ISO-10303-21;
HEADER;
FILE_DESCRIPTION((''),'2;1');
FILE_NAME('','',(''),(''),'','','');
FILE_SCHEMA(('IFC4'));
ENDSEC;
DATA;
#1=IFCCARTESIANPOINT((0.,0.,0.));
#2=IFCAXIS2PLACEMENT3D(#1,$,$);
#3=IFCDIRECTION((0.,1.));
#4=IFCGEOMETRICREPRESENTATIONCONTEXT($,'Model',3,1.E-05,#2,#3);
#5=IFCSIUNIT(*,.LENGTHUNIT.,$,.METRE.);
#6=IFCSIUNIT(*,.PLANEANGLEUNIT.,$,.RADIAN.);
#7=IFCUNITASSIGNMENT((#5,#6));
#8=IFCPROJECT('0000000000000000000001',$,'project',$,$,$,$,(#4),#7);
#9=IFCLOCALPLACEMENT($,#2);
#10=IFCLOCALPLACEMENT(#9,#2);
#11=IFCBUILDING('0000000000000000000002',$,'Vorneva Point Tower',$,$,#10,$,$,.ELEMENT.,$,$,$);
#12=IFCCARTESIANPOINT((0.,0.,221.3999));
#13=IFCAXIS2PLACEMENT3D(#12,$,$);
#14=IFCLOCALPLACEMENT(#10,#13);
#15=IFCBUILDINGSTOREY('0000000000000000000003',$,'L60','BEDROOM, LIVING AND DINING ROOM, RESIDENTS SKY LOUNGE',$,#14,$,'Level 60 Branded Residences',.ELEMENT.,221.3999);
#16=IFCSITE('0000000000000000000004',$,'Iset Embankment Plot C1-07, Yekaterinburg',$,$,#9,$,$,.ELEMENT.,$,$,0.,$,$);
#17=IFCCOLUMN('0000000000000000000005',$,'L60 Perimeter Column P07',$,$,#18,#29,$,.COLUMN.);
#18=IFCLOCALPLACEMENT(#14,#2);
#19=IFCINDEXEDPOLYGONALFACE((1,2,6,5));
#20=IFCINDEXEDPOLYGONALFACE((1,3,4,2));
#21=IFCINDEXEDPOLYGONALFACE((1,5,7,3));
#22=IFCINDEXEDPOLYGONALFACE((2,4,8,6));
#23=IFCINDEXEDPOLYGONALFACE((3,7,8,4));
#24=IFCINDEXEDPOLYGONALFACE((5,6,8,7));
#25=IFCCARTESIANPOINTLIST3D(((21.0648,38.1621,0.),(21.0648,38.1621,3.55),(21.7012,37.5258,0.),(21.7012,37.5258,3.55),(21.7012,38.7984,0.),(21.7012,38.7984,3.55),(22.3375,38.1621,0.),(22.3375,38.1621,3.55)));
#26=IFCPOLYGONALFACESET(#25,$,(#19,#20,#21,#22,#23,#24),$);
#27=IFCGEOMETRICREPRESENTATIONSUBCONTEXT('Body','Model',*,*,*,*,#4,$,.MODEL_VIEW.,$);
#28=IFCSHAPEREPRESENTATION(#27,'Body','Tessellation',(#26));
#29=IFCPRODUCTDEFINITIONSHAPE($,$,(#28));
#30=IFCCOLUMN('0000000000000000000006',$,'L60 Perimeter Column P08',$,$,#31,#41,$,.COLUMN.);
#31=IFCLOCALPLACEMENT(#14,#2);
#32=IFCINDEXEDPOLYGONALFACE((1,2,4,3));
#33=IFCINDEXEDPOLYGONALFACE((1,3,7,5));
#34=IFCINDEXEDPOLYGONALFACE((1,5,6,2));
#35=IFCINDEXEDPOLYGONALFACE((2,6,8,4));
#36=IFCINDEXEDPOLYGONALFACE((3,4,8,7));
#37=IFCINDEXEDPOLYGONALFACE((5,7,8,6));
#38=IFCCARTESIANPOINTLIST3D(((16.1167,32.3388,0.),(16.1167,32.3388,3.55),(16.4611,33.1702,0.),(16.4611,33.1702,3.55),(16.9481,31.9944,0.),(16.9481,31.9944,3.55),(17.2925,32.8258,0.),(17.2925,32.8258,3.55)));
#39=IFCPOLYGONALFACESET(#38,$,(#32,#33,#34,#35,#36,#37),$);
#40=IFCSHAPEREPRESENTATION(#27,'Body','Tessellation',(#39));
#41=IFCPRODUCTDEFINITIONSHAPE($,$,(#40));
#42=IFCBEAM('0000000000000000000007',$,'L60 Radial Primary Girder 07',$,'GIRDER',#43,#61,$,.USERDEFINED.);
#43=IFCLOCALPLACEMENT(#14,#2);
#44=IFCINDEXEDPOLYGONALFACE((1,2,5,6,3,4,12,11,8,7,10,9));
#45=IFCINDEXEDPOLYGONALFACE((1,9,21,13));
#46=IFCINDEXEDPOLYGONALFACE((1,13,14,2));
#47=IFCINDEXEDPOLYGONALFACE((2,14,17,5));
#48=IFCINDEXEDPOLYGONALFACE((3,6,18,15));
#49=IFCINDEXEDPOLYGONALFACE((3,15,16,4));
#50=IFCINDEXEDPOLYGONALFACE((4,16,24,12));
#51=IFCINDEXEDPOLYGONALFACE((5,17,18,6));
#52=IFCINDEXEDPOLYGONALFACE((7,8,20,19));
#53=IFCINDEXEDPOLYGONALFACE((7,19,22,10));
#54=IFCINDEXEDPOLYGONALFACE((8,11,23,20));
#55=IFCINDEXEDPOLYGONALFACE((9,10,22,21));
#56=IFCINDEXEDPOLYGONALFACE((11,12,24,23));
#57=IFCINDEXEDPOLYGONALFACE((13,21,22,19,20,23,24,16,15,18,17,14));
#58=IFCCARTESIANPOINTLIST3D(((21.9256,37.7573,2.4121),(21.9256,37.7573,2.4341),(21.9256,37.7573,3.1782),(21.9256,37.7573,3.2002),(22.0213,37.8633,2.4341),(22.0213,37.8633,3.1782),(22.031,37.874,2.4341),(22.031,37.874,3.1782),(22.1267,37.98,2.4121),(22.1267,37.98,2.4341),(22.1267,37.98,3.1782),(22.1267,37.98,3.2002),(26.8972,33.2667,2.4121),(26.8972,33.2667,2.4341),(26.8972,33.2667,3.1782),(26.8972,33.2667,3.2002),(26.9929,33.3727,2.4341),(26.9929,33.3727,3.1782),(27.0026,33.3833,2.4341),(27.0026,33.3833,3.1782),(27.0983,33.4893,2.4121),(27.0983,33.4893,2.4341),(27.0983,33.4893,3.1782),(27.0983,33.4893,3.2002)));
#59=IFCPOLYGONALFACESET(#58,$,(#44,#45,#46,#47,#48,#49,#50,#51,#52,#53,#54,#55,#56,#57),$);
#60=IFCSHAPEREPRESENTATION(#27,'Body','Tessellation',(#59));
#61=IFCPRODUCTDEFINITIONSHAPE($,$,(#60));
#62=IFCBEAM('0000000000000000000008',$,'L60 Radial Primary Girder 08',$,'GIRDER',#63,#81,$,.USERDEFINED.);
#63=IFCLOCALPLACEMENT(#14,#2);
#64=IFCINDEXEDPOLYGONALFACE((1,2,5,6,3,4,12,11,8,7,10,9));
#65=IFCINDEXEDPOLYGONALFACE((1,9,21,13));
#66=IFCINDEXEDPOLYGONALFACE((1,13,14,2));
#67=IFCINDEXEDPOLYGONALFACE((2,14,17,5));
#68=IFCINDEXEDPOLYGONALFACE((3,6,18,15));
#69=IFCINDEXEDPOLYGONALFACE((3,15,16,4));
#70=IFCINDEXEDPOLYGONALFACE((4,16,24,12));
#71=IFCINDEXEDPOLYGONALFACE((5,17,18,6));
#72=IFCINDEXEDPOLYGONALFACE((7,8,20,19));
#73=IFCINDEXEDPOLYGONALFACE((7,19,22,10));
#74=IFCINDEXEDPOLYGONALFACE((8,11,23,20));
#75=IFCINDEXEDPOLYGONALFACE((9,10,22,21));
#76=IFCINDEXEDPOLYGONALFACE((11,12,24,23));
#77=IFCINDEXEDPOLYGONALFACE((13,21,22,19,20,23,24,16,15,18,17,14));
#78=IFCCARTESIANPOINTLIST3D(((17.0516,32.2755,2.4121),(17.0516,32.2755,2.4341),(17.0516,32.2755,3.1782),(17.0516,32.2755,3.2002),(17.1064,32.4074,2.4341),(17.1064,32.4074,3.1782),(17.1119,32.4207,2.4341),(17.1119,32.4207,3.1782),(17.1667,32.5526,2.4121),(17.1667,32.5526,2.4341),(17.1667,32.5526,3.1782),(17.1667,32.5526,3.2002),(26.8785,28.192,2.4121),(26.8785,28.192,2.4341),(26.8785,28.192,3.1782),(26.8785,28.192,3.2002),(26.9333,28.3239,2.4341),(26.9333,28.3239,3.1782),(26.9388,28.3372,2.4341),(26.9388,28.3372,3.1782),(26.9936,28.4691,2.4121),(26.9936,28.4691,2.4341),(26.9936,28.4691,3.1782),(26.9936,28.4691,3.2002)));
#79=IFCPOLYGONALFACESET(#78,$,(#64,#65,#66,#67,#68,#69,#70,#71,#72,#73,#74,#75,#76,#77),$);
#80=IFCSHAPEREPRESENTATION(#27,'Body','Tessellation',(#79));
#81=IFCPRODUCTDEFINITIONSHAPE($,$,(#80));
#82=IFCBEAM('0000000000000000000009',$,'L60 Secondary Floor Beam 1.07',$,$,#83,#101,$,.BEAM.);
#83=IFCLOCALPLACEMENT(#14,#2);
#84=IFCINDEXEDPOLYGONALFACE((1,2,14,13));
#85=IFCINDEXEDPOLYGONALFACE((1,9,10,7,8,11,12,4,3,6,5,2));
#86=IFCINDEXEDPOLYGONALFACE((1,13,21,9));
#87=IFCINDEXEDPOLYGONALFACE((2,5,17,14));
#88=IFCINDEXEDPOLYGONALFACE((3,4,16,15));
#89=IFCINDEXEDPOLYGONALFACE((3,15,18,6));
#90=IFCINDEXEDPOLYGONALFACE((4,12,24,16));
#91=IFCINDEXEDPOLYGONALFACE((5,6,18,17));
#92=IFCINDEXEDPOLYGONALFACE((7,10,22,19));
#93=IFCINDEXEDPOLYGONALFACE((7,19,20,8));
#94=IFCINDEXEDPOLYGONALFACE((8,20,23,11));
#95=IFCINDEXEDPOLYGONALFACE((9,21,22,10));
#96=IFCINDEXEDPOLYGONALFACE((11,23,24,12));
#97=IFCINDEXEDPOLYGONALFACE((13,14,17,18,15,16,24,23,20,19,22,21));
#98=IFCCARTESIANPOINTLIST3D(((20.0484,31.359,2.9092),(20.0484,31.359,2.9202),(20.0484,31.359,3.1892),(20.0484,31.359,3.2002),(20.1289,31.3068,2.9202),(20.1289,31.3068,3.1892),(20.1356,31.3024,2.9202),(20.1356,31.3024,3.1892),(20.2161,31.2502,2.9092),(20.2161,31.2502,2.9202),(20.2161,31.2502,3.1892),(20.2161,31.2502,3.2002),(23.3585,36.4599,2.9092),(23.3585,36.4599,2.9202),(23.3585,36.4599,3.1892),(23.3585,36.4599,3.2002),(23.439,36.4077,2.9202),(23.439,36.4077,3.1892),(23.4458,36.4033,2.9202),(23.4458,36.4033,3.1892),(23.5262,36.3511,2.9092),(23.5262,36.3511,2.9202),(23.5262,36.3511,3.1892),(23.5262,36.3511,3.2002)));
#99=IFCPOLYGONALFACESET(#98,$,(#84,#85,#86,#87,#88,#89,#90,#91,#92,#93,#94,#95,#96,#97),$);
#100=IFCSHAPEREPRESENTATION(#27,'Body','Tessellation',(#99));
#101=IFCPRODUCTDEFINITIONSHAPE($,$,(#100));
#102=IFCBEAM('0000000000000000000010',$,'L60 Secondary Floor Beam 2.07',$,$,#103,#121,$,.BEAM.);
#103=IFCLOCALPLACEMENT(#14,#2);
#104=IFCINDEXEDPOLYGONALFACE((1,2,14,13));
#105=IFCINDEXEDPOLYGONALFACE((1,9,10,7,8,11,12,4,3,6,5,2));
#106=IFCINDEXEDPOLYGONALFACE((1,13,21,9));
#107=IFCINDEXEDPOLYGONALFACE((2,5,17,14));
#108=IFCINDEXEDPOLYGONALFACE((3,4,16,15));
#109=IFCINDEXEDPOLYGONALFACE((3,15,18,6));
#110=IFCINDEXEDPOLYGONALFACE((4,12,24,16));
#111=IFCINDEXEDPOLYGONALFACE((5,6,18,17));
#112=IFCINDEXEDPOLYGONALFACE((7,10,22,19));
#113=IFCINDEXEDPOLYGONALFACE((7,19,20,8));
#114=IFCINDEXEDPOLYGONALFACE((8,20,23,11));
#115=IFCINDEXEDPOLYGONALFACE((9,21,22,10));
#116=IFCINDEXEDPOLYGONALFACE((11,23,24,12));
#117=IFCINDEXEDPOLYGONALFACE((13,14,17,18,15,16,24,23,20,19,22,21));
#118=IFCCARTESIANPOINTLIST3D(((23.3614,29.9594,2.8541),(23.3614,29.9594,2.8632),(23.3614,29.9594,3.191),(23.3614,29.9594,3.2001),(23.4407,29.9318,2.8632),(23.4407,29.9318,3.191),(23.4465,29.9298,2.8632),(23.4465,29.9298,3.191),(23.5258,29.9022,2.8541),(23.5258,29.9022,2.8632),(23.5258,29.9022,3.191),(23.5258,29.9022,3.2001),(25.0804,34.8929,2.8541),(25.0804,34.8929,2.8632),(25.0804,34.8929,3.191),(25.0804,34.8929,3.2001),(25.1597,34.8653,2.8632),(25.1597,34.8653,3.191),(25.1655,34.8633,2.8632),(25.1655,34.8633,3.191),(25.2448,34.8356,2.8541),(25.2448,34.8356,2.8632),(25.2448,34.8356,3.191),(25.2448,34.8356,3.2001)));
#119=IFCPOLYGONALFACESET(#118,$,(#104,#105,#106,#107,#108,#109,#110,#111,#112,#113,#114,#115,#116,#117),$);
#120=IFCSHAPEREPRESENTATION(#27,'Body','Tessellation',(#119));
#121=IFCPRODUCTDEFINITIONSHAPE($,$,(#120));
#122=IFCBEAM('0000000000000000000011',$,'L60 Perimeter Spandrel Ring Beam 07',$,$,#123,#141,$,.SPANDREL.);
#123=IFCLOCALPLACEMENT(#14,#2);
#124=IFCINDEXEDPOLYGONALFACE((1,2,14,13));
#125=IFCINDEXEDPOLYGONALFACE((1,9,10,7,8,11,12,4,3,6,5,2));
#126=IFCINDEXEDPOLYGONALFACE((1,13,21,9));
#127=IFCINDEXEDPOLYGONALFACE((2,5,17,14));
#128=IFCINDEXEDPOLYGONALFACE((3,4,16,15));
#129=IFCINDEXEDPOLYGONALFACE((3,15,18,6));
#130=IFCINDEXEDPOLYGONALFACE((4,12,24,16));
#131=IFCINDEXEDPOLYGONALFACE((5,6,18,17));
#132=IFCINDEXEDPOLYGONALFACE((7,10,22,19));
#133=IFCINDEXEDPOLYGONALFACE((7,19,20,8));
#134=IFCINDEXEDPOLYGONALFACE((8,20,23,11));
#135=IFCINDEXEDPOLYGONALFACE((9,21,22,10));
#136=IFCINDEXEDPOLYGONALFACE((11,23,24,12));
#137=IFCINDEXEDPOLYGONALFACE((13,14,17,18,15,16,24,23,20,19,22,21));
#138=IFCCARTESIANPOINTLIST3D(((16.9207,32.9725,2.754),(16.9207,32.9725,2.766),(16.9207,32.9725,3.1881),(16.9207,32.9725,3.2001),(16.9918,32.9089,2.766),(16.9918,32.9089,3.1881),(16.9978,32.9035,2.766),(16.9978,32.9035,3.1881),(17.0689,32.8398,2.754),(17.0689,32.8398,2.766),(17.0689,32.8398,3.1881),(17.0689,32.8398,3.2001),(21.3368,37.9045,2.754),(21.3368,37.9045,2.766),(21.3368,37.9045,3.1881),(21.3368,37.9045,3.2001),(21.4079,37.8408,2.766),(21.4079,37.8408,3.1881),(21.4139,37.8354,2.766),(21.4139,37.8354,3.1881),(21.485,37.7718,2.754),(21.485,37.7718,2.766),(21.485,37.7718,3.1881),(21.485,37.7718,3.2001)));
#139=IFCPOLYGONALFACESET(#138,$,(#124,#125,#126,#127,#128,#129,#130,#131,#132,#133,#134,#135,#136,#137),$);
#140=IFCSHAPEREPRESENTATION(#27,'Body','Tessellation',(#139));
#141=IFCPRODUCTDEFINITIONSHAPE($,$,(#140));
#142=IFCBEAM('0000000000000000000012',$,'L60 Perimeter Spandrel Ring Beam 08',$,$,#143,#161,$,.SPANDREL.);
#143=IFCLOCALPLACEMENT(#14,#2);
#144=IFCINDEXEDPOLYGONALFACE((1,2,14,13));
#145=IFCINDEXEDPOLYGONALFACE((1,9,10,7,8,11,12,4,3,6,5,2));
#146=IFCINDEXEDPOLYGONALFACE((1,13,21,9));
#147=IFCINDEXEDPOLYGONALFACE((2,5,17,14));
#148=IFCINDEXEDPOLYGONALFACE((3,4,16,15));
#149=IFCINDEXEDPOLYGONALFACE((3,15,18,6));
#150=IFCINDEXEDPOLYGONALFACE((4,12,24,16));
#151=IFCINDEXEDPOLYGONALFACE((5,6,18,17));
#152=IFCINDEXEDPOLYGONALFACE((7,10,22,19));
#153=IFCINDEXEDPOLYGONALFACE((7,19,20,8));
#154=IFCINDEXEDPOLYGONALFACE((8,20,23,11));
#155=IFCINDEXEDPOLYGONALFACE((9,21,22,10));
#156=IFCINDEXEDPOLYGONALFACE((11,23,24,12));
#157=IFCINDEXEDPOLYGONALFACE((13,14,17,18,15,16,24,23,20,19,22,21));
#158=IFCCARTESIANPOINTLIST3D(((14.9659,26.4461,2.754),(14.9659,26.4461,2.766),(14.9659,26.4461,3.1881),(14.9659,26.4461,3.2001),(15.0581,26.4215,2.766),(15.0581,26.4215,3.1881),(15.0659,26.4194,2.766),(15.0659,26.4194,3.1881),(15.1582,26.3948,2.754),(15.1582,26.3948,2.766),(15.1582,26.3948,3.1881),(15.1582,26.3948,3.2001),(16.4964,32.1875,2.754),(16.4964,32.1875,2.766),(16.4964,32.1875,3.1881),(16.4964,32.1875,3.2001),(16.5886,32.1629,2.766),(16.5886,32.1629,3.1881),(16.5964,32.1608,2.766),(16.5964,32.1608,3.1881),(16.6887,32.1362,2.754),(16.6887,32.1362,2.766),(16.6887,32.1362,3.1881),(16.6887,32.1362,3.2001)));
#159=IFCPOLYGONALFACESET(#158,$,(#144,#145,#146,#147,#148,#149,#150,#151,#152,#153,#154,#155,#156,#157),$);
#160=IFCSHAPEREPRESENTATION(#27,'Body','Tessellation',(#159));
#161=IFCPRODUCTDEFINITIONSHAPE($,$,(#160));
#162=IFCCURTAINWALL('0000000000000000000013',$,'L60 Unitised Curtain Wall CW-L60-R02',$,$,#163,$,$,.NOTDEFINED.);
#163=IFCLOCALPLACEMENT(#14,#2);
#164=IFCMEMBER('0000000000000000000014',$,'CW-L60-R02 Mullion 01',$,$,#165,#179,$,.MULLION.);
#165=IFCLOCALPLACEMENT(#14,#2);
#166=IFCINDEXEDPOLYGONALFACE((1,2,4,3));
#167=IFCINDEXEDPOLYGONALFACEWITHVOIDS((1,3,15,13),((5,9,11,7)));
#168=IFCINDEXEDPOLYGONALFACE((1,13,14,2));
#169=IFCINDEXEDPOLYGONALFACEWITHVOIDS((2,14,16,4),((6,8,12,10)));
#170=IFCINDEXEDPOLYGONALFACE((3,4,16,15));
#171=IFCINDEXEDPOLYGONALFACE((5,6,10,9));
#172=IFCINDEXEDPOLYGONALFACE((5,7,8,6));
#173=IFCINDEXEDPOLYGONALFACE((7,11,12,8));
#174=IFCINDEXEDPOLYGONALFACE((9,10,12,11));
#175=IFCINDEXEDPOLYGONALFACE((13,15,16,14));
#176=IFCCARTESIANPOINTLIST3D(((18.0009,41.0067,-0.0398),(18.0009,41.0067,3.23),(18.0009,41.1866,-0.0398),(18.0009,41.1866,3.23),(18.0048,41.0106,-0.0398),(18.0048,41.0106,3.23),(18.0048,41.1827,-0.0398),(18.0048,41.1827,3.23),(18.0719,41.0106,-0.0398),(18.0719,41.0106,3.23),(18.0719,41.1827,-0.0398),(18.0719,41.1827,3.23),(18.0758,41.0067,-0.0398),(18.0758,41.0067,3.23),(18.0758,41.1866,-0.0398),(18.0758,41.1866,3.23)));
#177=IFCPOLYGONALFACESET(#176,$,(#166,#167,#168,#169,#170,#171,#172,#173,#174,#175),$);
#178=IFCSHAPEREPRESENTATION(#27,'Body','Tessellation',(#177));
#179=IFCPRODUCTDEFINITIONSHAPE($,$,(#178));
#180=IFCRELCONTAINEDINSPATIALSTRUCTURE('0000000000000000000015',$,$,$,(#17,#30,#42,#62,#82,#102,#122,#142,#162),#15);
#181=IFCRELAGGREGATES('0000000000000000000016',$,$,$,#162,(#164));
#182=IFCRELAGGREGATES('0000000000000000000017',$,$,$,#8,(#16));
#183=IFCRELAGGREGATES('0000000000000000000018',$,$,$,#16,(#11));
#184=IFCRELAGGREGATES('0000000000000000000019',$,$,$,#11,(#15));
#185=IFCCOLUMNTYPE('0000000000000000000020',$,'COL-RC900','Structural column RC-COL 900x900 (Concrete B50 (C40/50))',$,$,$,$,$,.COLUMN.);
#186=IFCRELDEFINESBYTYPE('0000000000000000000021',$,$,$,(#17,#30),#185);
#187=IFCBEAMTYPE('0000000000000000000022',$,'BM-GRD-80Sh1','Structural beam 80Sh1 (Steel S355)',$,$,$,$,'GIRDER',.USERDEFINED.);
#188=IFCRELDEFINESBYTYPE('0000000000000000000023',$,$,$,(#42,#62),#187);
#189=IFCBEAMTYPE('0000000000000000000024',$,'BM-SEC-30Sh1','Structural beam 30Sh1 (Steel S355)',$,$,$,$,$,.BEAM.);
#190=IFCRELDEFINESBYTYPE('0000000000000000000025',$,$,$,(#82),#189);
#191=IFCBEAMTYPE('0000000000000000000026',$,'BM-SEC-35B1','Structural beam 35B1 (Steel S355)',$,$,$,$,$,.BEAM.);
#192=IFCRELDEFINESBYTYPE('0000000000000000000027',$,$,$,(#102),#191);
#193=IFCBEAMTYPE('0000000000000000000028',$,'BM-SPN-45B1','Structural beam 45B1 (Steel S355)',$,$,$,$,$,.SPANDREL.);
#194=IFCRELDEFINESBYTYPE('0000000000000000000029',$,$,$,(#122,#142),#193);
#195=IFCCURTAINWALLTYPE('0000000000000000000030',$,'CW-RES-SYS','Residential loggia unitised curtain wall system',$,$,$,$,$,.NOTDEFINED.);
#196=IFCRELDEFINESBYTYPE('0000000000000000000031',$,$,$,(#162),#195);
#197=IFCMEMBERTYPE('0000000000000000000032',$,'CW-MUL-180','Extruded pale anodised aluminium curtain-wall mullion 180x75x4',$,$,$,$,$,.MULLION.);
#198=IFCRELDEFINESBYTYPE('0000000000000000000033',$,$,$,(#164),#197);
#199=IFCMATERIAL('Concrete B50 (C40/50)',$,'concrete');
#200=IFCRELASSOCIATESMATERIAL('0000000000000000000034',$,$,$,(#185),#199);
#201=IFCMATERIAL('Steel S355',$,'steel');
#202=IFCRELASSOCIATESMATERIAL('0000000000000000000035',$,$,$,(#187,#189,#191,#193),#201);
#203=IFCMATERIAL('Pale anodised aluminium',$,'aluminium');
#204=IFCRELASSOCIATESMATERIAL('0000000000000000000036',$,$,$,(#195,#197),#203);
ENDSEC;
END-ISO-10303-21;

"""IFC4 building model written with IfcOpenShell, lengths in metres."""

from ifc_helpers import new_model, si_unit, direction, frame, origin, origin_2d, place, context, subcontext, project, spatial, rectangle, hollow_rectangle, i_section, extrude, material, material_profile, profile_set, type_object, element, aggregate, save


model = new_model("IFC4")

# Units and contexts
model_context = context("Model", 3, precision=1e-05, world=origin(), true_north=direction((0.0, 1.0)))
body_context = subcontext(model_context, "Body", "Model", "MODEL_VIEW")
ifc_project = project(units=[si_unit("LENGTHUNIT", "METRE"), si_unit("PLANEANGLEUNIT", "RADIAN")], contexts=[model_context])

# Site, building, storey
site_placement = place(None, origin())
site = spatial("IfcSite", under=ifc_project, at=site_placement, Name="Iset Embankment Plot C1-07, Yekaterinburg", CompositionType="ELEMENT", RefElevation=0.0)
building_placement = place(site_placement, origin())
building = spatial("IfcBuilding", under=site, at=building_placement, Name="Vorneva Point Tower", CompositionType="ELEMENT")
storey_placement = place(building_placement, frame((0.0, 0.0, 221.3999)))
storey = spatial("IfcBuildingStorey", under=building, at=storey_placement, Name="L60", Description="BEDROOM, LIVING AND DINING ROOM, RESIDENTS SKY LOUNGE", LongName="Level 60 Branded Residences", CompositionType="ELEMENT", Elevation=221.3999)

# Columns
ifc_material_1 = material(Name="Concrete B50 (C40/50)", Category="concrete")
ifc_material_profile_1 = material_profile(ifc_material_1, rectangle(XDim=0.8999, YDim=0.8999, at=origin_2d()), Name="RC-COL 900x900")
ifc_profile_set_1 = profile_set([ifc_material_profile_1], Name="Concrete B50 (C40/50)")
column_type = type_object("IfcColumnType", Name="COL-RC900", Description="Structural column RC-COL 900x900 (Concrete B50 (C40/50))", PredefinedType="COLUMN", material=ifc_profile_set_1)
for number, where, z_axis, x_axis, name in (
    (1, (21.7012, 38.1621, 0.0), (0.0, 0.0, 1.0), (-0.707107, 0.707107, 0.0), "L60 Perimeter Column P07"),
    (2, (16.7046, 32.5823, 0.0), (0.0, 0.0, 1.0), (-0.92388, 0.382683, 0.0), "L60 Perimeter Column P08"),
):
    element("IfcColumn", number, at=place(storey_placement, frame(where, z_axis=z_axis, x_axis=x_axis)), inside=storey, type_object=column_type, Name=name, PredefinedType="COLUMN", context=body_context, shape_type="SweptSolid", body=[
        extrude(rectangle(XDim=0.8999, YDim=0.8999, at=origin_2d()), origin(), (0.0, 0.0, 1.0), 3.55),
    ])

# Beams
ifc_material_2 = material(Name="Steel S355", Category="steel")
ifc_material_profile_2 = material_profile(ifc_material_2, i_section(OverallWidth=0.3, OverallDepth=0.7881, WebThickness=0.0144, FlangeThickness=0.022, at=origin_2d()), Name="80Sh1")
ifc_profile_set_2 = profile_set([ifc_material_profile_2], Name="Steel S355")
beam_type_1 = type_object("IfcBeamType", Name="BM-GRD-80Sh1", Description="Structural beam 80Sh1 (Steel S355)", ElementType="GIRDER", PredefinedType="USERDEFINED", material=ifc_profile_set_2)
beam_1_placement = place(storey_placement, frame((22.0261, 37.8687, 2.8062), z_axis=(0.74209, -0.670301, 0.0), x_axis=(0.670301, 0.74209, 0.0)))
element("IfcBeam", 3, at=beam_1_placement, inside=storey, type_object=beam_type_1, Name="L60 Radial Primary Girder 07", ObjectType="GIRDER", PredefinedType="USERDEFINED", context=body_context, shape_type="SweptSolid", body=[
    extrude(i_section(OverallWidth=0.3, OverallDepth=0.7881, WebThickness=0.0144, FlangeThickness=0.022, at=origin_2d()), origin(), (0.0, 0.0, 1.0), 6.6995),
])
beam_2_placement = place(storey_placement, frame((17.1091, 32.4141, 2.8062), z_axis=(0.923445, -0.383731, 0.0), x_axis=(0.383731, 0.923445, 0.0)))
element("IfcBeam", 4, at=beam_2_placement, inside=storey, type_object=beam_type_1, Name="L60 Radial Primary Girder 08", ObjectType="GIRDER", PredefinedType="USERDEFINED", context=body_context, shape_type="SweptSolid", body=[
    extrude(i_section(OverallWidth=0.3, OverallDepth=0.7881, WebThickness=0.0144, FlangeThickness=0.022, at=origin_2d()), origin(), (0.0, 0.0, 1.0), 10.6416),
])
ifc_material_profile_3 = material_profile(ifc_material_2, i_section(OverallWidth=0.2, OverallDepth=0.291, WebThickness=0.0081, FlangeThickness=0.011, at=origin_2d()), Name="30Sh1")
ifc_profile_set_3 = profile_set([ifc_material_profile_3], Name="Steel S355")
beam_type_2 = type_object("IfcBeamType", Name="BM-SEC-30Sh1", Description="Structural beam 30Sh1 (Steel S355)", PredefinedType="BEAM", material=ifc_profile_set_3)
beam_3_placement = place(storey_placement, frame((23.4424, 36.4055, 3.0547), z_axis=(-0.544355, -0.838855, 0.0), x_axis=(0.838855, -0.544355, 0.0)))
element("IfcBeam", 5, at=beam_3_placement, inside=storey, type_object=beam_type_2, Name="L60 Secondary Floor Beam 1.07", PredefinedType="BEAM", context=body_context, shape_type="SweptSolid", body=[
    extrude(i_section(OverallWidth=0.2, OverallDepth=0.291, WebThickness=0.0081, FlangeThickness=0.011, at=origin_2d()), origin(), (0.0, 0.0, 1.0), 6.0808),
])
ifc_material_profile_4 = material_profile(ifc_material_2, i_section(OverallWidth=0.1741, OverallDepth=0.3459, WebThickness=0.0061, FlangeThickness=0.009, at=origin_2d()), Name="35B1")
ifc_profile_set_4 = profile_set([ifc_material_profile_4], Name="Steel S355")
beam_type_3 = type_object("IfcBeamType", Name="BM-SEC-35B1", Description="Structural beam 35B1 (Steel S355)", PredefinedType="BEAM", material=ifc_profile_set_4)
beam_4_placement = place(storey_placement, frame((25.1626, 34.8643, 3.0271), z_axis=(-0.329041, -0.944316, 0.0), x_axis=(0.944316, -0.329041, 0.0)))
element("IfcBeam", 6, at=beam_4_placement, inside=storey, type_object=beam_type_3, Name="L60 Secondary Floor Beam 2.07", PredefinedType="BEAM", context=body_context, shape_type="SweptSolid", body=[
    extrude(i_section(OverallWidth=0.1741, OverallDepth=0.3459, WebThickness=0.0061, FlangeThickness=0.009, at=origin_2d()), origin(), (0.0, 0.0, 1.0), 5.2244),
])
ifc_material_profile_5 = material_profile(ifc_material_2, i_section(OverallWidth=0.199, OverallDepth=0.446, WebThickness=0.0081, FlangeThickness=0.012, at=origin_2d()), Name="45B1")
ifc_profile_set_5 = profile_set([ifc_material_profile_5], Name="Steel S355")
beam_type_4 = type_object("IfcBeamType", Name="BM-SPN-45B1", Description="Structural beam 45B1 (Steel S355)", PredefinedType="SPANDREL", material=ifc_profile_set_5)
beam_5_placement = place(storey_placement, frame((21.4109, 37.8381, 2.9771), z_axis=(-0.66707, -0.744995, 0.0), x_axis=(0.744995, -0.66707, 0.0)))
element("IfcBeam", 7, at=beam_5_placement, inside=storey, type_object=beam_type_4, Name="L60 Perimeter Spandrel Ring Beam 07", PredefinedType="SPANDREL", context=body_context, shape_type="SweptSolid", body=[
    extrude(i_section(OverallWidth=0.199, OverallDepth=0.446, WebThickness=0.0081, FlangeThickness=0.012, at=origin_2d()), origin(), (0.0, 0.0, 1.0), 6.6201),
])
beam_6_placement = place(storey_placement, frame((16.5925, 32.1619, 2.9771), z_axis=(-0.257578, -0.966257, 0.0), x_axis=(0.966257, -0.257578, 0.0)))
element("IfcBeam", 8, at=beam_6_placement, inside=storey, type_object=beam_type_4, Name="L60 Perimeter Spandrel Ring Beam 08", PredefinedType="SPANDREL", context=body_context, shape_type="SweptSolid", body=[
    extrude(i_section(OverallWidth=0.199, OverallDepth=0.446, WebThickness=0.0081, FlangeThickness=0.012, at=origin_2d()), origin(), (0.0, 0.0, 1.0), 5.9419),
])

# Curtain wall, member
ifc_material_3 = material(Name="Pale anodised aluminium", Category="aluminium")
curtain_wall_type = type_object("IfcCurtainWallType", Name="CW-RES-SYS", Description="Residential loggia unitised curtain wall system", PredefinedType="NOTDEFINED", material=ifc_material_3)
curtain_wall_placement = place(storey_placement, origin())
curtain_wall = element("IfcCurtainWall", 9, at=curtain_wall_placement, inside=storey, type_object=curtain_wall_type, Name="L60 Unitised Curtain Wall CW-L60-R02", PredefinedType="NOTDEFINED")
ifc_material_profile_6 = material_profile(ifc_material_3, hollow_rectangle(XDim=0.075, YDim=0.1799, WallThickness=0.0039, at=origin_2d()), Name="AL-MUL 180x75x4")
ifc_profile_set_6 = profile_set([ifc_material_profile_6], Name="Pale anodised aluminium")
member_type_1 = type_object("IfcMemberType", Name="CW-MUL-180", Description="Extruded pale anodised aluminium curtain-wall mullion 180x75x4", PredefinedType="MULLION", material=ifc_profile_set_6)
member_1_placement = place(storey_placement, frame((18.0383, 41.0967, -0.0398), z_axis=(0.0, 0.0, 1.0), x_axis=(1.0, 0.0, 0.0)))
member_1 = element("IfcMember", 10, at=member_1_placement, type_object=member_type_1, Name="CW-L60-R02 Mullion 01", PredefinedType="MULLION", context=body_context, shape_type="SweptSolid", body=[
    extrude(hollow_rectangle(XDim=0.075, YDim=0.1799, WallThickness=0.0039, at=origin_2d()), origin(), (0.0, 0.0, 1.0), 3.2698),
])
aggregate(curtain_wall, [member_1])

save(model, "model.ifc")
